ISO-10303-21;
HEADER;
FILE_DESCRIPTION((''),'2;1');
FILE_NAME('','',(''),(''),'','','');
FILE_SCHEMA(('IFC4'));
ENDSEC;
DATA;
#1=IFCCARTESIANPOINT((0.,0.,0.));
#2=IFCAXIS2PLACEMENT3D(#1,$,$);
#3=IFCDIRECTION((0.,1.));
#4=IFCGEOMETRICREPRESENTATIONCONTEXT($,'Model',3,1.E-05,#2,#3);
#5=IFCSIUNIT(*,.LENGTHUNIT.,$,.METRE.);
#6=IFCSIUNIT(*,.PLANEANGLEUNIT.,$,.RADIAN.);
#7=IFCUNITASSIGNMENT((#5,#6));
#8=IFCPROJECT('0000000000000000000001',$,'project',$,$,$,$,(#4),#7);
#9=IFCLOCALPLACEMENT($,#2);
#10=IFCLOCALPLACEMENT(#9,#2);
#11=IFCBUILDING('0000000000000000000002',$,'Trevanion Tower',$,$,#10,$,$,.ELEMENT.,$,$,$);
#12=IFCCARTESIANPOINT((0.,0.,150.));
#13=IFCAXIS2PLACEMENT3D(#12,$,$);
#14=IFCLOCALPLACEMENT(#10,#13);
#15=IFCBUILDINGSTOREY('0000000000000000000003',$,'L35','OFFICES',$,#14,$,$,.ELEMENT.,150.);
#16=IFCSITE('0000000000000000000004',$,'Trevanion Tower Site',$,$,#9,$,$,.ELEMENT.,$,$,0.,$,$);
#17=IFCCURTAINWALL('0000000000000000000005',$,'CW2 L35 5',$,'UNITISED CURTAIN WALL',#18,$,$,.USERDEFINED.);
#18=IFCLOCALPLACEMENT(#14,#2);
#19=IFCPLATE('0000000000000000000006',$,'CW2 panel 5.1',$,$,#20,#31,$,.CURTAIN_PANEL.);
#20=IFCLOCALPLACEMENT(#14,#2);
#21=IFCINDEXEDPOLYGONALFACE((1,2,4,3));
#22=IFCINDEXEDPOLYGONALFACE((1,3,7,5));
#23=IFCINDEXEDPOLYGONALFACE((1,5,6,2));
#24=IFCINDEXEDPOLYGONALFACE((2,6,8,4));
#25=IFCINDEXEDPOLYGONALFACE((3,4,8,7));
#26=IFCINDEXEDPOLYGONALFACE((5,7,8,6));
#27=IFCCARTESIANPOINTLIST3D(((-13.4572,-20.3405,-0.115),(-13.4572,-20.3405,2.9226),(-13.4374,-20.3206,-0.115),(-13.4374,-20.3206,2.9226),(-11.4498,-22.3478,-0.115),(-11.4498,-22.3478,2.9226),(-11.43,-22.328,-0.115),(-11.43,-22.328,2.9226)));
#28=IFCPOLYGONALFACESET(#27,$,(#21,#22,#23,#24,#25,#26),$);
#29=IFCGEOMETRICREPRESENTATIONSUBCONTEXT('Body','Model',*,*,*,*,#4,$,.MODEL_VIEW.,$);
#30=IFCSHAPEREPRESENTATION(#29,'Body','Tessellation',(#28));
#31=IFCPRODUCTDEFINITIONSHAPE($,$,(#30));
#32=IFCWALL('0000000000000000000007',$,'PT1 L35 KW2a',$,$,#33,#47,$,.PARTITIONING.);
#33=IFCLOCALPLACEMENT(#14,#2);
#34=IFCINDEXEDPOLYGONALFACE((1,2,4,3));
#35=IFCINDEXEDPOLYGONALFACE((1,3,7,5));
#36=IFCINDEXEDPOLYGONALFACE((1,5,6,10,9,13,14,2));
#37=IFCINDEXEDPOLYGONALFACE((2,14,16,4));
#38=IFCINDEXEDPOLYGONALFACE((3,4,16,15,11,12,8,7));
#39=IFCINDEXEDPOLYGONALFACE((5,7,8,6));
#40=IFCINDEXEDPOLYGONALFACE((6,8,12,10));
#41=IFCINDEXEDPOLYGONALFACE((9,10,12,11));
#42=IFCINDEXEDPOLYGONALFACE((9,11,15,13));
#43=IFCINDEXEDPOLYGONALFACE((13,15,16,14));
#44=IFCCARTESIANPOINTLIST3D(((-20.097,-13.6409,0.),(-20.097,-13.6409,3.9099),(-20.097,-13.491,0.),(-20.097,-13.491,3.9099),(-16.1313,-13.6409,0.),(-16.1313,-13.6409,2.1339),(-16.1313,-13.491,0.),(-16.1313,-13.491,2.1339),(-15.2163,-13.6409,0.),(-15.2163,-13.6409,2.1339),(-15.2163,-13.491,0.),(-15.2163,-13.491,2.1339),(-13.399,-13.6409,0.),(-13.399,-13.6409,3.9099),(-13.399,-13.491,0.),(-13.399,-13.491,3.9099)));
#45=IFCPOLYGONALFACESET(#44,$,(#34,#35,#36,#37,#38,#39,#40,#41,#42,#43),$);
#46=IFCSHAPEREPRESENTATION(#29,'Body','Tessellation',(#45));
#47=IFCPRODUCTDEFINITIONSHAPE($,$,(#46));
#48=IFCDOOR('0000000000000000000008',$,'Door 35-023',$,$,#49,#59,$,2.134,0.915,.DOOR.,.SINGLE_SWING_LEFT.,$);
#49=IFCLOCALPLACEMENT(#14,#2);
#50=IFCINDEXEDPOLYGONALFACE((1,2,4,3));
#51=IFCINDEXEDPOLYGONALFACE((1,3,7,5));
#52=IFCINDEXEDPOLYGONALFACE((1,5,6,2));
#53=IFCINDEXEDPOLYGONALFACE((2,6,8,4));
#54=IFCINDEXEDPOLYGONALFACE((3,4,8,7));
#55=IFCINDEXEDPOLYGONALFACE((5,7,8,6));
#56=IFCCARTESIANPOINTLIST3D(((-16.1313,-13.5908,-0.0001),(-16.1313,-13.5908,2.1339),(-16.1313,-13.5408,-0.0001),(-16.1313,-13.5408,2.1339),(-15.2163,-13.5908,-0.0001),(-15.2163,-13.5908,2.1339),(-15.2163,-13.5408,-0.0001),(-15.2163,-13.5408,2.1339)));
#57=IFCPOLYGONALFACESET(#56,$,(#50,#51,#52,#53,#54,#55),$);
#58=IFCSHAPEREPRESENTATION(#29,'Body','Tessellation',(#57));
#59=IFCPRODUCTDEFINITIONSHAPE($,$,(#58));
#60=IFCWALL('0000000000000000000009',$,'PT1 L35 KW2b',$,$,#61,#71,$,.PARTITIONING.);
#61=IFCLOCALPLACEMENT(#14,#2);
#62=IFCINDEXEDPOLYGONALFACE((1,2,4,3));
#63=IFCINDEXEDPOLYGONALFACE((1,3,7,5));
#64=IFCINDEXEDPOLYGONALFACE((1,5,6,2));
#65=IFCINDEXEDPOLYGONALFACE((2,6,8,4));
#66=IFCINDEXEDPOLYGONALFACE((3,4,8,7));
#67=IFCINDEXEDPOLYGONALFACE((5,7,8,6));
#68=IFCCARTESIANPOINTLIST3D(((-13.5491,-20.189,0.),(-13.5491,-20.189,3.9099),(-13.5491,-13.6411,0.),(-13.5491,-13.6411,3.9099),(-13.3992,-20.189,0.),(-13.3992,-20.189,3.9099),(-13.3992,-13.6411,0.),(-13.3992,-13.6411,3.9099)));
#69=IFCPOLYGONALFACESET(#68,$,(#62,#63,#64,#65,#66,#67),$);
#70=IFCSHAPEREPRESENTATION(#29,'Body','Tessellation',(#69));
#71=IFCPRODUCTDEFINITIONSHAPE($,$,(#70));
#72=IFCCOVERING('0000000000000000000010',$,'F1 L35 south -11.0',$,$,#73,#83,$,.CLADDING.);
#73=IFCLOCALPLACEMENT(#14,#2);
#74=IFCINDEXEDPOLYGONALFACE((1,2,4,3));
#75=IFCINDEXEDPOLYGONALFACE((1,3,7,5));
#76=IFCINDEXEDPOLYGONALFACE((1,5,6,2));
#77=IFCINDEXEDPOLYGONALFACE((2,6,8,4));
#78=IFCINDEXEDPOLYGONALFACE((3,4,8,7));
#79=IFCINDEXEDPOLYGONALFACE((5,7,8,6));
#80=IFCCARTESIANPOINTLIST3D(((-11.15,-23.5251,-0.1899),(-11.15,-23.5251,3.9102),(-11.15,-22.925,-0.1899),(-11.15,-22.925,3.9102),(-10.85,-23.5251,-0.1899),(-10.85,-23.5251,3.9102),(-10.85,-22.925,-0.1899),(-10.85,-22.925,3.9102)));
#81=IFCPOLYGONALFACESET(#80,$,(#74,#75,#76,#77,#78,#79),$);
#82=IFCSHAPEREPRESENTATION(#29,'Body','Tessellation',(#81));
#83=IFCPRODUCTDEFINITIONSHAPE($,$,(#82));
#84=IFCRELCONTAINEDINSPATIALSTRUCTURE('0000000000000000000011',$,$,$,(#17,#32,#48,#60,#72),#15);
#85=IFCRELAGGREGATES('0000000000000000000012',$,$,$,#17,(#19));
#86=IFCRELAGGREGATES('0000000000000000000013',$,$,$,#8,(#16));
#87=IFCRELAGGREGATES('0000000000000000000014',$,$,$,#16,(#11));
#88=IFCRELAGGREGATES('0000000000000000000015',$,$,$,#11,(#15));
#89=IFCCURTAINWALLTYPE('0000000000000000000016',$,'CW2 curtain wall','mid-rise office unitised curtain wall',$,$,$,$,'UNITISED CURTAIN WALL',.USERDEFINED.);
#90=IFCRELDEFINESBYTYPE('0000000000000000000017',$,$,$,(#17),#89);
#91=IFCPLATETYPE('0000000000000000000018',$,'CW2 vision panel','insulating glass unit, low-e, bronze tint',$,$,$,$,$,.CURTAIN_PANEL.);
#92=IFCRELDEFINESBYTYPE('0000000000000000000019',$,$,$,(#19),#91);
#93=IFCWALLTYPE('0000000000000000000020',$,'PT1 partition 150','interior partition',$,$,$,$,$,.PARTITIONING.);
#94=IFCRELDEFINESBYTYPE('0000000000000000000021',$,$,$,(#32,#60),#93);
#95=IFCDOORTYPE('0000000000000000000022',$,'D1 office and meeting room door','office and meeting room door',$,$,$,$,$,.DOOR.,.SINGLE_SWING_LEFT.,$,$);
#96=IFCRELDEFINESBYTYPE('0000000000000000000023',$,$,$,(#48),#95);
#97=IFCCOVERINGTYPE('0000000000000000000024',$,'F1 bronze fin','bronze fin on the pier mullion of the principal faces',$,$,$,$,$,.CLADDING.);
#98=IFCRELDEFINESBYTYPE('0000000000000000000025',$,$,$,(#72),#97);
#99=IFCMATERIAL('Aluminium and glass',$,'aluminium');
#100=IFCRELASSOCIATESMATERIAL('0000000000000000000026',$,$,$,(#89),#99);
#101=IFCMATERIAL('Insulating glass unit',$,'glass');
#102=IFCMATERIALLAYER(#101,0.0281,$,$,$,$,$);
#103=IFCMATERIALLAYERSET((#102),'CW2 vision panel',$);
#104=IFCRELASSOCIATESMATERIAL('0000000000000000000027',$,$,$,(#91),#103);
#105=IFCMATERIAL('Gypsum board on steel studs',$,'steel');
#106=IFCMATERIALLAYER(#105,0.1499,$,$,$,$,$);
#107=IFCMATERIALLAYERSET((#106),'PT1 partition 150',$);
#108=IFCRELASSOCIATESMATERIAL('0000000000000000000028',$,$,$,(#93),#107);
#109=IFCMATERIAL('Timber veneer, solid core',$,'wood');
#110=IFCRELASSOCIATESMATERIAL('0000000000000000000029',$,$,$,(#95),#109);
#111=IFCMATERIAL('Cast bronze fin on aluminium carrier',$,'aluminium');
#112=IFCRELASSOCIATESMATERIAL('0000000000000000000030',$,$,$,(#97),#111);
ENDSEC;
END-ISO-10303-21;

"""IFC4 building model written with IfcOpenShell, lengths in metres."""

from ifc_helpers import new_model, si_unit, direction, frame, frame_2d, origin, origin_2d, place, context, subcontext, project, spatial, rectangle, extrude, material, layer, layer_set, type_object, element, fill, aggregate, save


model = new_model("IFC4")

# Units and contexts
model_context = context("Model", 3, precision=1e-05, world=origin(), true_north=direction((0.0, 1.0)))
body_context = subcontext(model_context, "Body", "Model", "MODEL_VIEW")
ifc_project = project(units=[si_unit("LENGTHUNIT", "METRE"), si_unit("PLANEANGLEUNIT", "RADIAN")], contexts=[model_context])

# Site, building, storey
site_placement = place(None, origin())
site = spatial("IfcSite", under=ifc_project, at=site_placement, Name="Trevanion Tower Site", CompositionType="ELEMENT", RefElevation=0.0)
building_placement = place(site_placement, origin())
building = spatial("IfcBuilding", under=site, at=building_placement, Name="Trevanion Tower", CompositionType="ELEMENT")
storey_placement = place(building_placement, frame((0.0, 0.0, 150.0)))
storey = spatial("IfcBuildingStorey", under=building, at=storey_placement, Name="L35", Description="OFFICES", CompositionType="ELEMENT", Elevation=150.0)

# Curtain wall
ifc_material_1 = material(Name="Aluminium and glass", Category="aluminium")
curtain_wall_type = type_object("IfcCurtainWallType", Name="CW2 curtain wall", Description="mid-rise office unitised curtain wall", ElementType="UNITISED CURTAIN WALL", PredefinedType="USERDEFINED", material=ifc_material_1)
curtain_wall_placement = place(storey_placement, origin())
curtain_wall = element("IfcCurtainWall", 1, at=curtain_wall_placement, inside=storey, type_object=curtain_wall_type, Name="CW2 L35 5", ObjectType="UNITISED CURTAIN WALL", PredefinedType="USERDEFINED")

# Plate
ifc_material_2 = material(Name="Insulating glass unit", Category="glass")
ifc_layer_1 = layer(ifc_material_2, 0.0281)
ifc_layer_set_1 = layer_set([ifc_layer_1], Name="CW2 vision panel")
plate_type_1 = type_object("IfcPlateType", Name="CW2 vision panel", Description="insulating glass unit, low-e, bronze tint", PredefinedType="CURTAIN_PANEL", material=ifc_layer_set_1)
plate_1_placement = place(storey_placement, frame((-12.4436, -21.3342, -0.115), z_axis=(0.0, 0.0, 1.0), x_axis=(0.707107, -0.707107, 0.0)))
plate_1 = element("IfcPlate", 2, at=plate_1_placement, type_object=plate_type_1, Name="CW2 panel 5.1", PredefinedType="CURTAIN_PANEL", context=body_context, shape_type="SweptSolid", body=[
    extrude(rectangle(XDim=2.8389, YDim=0.0281, at=origin_2d()), origin(), (0.0, 0.0, 1.0), 3.0376),
])
aggregate(curtain_wall, [plate_1])

# Wall, opening, door
ifc_material_3 = material(Name="Gypsum board on steel studs", Category="steel")
ifc_layer_2 = layer(ifc_material_3, 0.1499)
ifc_layer_set_2 = layer_set([ifc_layer_2], Name="PT1 partition 150")
wall_type = type_object("IfcWallType", Name="PT1 partition 150", Description="interior partition", PredefinedType="PARTITIONING", material=ifc_layer_set_2)
wall_1_placement = place(storey_placement, frame((-13.3989, -13.5659, 0.0), z_axis=(0.0, 0.0, 1.0), x_axis=(-1.0, 0.0, 0.0)))
wall_1 = element("IfcWall", 3, at=wall_1_placement, inside=storey, type_object=wall_type, Name="PT1 L35 KW2a", PredefinedType="PARTITIONING", context=body_context, shape_type="SweptSolid", body=[
    extrude(rectangle(XDim=6.698, YDim=0.1499, at=frame_2d((3.3491, 0.0))), origin(), (0.0, 0.0, 1.0), 3.9099),
])
opening_placement = place(wall_1_placement, frame((1.8174, 0.0, 0.0)))
opening = element("IfcOpeningElement", 4, at=opening_placement, cuts=wall_1, PredefinedType="OPENING", context=body_context, shape_type="SweptSolid", body=[
    extrude(rectangle(XDim=0.915, YDim=2.134, at=frame_2d((0.4575, 1.0669))), frame((0.0, 0.085, 0.0), z_axis=(0.0, -1.0, 0.0), x_axis=(1.0, 0.0, 0.0)), (0.0, 0.0, 1.0), 0.1699),
])
ifc_material_4 = material(Name="Timber veneer, solid core", Category="wood")
door_type = type_object("IfcDoorType", Name="D1 office and meeting room door", Description="office and meeting room door", OperationType="SINGLE_SWING_LEFT", PredefinedType="DOOR", material=ifc_material_4)
door_placement = place(opening_placement, origin())
door = element("IfcDoor", 5, at=door_placement, inside=storey, type_object=door_type, Name="Door 35-023", OperationType="SINGLE_SWING_LEFT", OverallHeight=2.134, OverallWidth=0.915, PredefinedType="DOOR", context=body_context, shape_type="SweptSolid", body=[
    extrude(rectangle(XDim=0.915, YDim=2.134, at=frame_2d((0.4575, 1.0669))), frame((0.0, 0.0249, 0.0), z_axis=(0.0, -1.0, 0.0), x_axis=(1.0, 0.0, 0.0)), (0.0, 0.0, 1.0), 0.05),
])
fill(opening, door)

# Wall
wall_2_placement = place(storey_placement, frame((-13.4741, -13.6411, 0.0), z_axis=(0.0, 0.0, 1.0), x_axis=(0.0, -1.0, 0.0)))
element("IfcWall", 6, at=wall_2_placement, inside=storey, type_object=wall_type, Name="PT1 L35 KW2b", PredefinedType="PARTITIONING", context=body_context, shape_type="SweptSolid", body=[
    extrude(rectangle(XDim=6.5479, YDim=0.1499, at=frame_2d((3.2739, 0.0))), origin(), (0.0, 0.0, 1.0), 3.9099),
])

# Covering
ifc_material_5 = material(Name="Cast bronze fin on aluminium carrier", Category="aluminium")
covering_type = type_object("IfcCoveringType", Name="F1 bronze fin", Description="bronze fin on the pier mullion of the principal faces", PredefinedType="CLADDING", material=ifc_material_5)
covering_placement = place(storey_placement, frame((-11.0, -23.2251, -0.1899), z_axis=(0.0, 0.0, 1.0), x_axis=(1.0, 0.0, 0.0)))
element("IfcCovering", 7, at=covering_placement, inside=storey, type_object=covering_type, Name="F1 L35 south -11.0", PredefinedType="CLADDING", context=body_context, shape_type="SweptSolid", body=[
    extrude(rectangle(XDim=0.3, YDim=0.6001, at=origin_2d()), origin(), (0.0, 0.0, 1.0), 4.1001),
])

save(model, "model.ifc")
